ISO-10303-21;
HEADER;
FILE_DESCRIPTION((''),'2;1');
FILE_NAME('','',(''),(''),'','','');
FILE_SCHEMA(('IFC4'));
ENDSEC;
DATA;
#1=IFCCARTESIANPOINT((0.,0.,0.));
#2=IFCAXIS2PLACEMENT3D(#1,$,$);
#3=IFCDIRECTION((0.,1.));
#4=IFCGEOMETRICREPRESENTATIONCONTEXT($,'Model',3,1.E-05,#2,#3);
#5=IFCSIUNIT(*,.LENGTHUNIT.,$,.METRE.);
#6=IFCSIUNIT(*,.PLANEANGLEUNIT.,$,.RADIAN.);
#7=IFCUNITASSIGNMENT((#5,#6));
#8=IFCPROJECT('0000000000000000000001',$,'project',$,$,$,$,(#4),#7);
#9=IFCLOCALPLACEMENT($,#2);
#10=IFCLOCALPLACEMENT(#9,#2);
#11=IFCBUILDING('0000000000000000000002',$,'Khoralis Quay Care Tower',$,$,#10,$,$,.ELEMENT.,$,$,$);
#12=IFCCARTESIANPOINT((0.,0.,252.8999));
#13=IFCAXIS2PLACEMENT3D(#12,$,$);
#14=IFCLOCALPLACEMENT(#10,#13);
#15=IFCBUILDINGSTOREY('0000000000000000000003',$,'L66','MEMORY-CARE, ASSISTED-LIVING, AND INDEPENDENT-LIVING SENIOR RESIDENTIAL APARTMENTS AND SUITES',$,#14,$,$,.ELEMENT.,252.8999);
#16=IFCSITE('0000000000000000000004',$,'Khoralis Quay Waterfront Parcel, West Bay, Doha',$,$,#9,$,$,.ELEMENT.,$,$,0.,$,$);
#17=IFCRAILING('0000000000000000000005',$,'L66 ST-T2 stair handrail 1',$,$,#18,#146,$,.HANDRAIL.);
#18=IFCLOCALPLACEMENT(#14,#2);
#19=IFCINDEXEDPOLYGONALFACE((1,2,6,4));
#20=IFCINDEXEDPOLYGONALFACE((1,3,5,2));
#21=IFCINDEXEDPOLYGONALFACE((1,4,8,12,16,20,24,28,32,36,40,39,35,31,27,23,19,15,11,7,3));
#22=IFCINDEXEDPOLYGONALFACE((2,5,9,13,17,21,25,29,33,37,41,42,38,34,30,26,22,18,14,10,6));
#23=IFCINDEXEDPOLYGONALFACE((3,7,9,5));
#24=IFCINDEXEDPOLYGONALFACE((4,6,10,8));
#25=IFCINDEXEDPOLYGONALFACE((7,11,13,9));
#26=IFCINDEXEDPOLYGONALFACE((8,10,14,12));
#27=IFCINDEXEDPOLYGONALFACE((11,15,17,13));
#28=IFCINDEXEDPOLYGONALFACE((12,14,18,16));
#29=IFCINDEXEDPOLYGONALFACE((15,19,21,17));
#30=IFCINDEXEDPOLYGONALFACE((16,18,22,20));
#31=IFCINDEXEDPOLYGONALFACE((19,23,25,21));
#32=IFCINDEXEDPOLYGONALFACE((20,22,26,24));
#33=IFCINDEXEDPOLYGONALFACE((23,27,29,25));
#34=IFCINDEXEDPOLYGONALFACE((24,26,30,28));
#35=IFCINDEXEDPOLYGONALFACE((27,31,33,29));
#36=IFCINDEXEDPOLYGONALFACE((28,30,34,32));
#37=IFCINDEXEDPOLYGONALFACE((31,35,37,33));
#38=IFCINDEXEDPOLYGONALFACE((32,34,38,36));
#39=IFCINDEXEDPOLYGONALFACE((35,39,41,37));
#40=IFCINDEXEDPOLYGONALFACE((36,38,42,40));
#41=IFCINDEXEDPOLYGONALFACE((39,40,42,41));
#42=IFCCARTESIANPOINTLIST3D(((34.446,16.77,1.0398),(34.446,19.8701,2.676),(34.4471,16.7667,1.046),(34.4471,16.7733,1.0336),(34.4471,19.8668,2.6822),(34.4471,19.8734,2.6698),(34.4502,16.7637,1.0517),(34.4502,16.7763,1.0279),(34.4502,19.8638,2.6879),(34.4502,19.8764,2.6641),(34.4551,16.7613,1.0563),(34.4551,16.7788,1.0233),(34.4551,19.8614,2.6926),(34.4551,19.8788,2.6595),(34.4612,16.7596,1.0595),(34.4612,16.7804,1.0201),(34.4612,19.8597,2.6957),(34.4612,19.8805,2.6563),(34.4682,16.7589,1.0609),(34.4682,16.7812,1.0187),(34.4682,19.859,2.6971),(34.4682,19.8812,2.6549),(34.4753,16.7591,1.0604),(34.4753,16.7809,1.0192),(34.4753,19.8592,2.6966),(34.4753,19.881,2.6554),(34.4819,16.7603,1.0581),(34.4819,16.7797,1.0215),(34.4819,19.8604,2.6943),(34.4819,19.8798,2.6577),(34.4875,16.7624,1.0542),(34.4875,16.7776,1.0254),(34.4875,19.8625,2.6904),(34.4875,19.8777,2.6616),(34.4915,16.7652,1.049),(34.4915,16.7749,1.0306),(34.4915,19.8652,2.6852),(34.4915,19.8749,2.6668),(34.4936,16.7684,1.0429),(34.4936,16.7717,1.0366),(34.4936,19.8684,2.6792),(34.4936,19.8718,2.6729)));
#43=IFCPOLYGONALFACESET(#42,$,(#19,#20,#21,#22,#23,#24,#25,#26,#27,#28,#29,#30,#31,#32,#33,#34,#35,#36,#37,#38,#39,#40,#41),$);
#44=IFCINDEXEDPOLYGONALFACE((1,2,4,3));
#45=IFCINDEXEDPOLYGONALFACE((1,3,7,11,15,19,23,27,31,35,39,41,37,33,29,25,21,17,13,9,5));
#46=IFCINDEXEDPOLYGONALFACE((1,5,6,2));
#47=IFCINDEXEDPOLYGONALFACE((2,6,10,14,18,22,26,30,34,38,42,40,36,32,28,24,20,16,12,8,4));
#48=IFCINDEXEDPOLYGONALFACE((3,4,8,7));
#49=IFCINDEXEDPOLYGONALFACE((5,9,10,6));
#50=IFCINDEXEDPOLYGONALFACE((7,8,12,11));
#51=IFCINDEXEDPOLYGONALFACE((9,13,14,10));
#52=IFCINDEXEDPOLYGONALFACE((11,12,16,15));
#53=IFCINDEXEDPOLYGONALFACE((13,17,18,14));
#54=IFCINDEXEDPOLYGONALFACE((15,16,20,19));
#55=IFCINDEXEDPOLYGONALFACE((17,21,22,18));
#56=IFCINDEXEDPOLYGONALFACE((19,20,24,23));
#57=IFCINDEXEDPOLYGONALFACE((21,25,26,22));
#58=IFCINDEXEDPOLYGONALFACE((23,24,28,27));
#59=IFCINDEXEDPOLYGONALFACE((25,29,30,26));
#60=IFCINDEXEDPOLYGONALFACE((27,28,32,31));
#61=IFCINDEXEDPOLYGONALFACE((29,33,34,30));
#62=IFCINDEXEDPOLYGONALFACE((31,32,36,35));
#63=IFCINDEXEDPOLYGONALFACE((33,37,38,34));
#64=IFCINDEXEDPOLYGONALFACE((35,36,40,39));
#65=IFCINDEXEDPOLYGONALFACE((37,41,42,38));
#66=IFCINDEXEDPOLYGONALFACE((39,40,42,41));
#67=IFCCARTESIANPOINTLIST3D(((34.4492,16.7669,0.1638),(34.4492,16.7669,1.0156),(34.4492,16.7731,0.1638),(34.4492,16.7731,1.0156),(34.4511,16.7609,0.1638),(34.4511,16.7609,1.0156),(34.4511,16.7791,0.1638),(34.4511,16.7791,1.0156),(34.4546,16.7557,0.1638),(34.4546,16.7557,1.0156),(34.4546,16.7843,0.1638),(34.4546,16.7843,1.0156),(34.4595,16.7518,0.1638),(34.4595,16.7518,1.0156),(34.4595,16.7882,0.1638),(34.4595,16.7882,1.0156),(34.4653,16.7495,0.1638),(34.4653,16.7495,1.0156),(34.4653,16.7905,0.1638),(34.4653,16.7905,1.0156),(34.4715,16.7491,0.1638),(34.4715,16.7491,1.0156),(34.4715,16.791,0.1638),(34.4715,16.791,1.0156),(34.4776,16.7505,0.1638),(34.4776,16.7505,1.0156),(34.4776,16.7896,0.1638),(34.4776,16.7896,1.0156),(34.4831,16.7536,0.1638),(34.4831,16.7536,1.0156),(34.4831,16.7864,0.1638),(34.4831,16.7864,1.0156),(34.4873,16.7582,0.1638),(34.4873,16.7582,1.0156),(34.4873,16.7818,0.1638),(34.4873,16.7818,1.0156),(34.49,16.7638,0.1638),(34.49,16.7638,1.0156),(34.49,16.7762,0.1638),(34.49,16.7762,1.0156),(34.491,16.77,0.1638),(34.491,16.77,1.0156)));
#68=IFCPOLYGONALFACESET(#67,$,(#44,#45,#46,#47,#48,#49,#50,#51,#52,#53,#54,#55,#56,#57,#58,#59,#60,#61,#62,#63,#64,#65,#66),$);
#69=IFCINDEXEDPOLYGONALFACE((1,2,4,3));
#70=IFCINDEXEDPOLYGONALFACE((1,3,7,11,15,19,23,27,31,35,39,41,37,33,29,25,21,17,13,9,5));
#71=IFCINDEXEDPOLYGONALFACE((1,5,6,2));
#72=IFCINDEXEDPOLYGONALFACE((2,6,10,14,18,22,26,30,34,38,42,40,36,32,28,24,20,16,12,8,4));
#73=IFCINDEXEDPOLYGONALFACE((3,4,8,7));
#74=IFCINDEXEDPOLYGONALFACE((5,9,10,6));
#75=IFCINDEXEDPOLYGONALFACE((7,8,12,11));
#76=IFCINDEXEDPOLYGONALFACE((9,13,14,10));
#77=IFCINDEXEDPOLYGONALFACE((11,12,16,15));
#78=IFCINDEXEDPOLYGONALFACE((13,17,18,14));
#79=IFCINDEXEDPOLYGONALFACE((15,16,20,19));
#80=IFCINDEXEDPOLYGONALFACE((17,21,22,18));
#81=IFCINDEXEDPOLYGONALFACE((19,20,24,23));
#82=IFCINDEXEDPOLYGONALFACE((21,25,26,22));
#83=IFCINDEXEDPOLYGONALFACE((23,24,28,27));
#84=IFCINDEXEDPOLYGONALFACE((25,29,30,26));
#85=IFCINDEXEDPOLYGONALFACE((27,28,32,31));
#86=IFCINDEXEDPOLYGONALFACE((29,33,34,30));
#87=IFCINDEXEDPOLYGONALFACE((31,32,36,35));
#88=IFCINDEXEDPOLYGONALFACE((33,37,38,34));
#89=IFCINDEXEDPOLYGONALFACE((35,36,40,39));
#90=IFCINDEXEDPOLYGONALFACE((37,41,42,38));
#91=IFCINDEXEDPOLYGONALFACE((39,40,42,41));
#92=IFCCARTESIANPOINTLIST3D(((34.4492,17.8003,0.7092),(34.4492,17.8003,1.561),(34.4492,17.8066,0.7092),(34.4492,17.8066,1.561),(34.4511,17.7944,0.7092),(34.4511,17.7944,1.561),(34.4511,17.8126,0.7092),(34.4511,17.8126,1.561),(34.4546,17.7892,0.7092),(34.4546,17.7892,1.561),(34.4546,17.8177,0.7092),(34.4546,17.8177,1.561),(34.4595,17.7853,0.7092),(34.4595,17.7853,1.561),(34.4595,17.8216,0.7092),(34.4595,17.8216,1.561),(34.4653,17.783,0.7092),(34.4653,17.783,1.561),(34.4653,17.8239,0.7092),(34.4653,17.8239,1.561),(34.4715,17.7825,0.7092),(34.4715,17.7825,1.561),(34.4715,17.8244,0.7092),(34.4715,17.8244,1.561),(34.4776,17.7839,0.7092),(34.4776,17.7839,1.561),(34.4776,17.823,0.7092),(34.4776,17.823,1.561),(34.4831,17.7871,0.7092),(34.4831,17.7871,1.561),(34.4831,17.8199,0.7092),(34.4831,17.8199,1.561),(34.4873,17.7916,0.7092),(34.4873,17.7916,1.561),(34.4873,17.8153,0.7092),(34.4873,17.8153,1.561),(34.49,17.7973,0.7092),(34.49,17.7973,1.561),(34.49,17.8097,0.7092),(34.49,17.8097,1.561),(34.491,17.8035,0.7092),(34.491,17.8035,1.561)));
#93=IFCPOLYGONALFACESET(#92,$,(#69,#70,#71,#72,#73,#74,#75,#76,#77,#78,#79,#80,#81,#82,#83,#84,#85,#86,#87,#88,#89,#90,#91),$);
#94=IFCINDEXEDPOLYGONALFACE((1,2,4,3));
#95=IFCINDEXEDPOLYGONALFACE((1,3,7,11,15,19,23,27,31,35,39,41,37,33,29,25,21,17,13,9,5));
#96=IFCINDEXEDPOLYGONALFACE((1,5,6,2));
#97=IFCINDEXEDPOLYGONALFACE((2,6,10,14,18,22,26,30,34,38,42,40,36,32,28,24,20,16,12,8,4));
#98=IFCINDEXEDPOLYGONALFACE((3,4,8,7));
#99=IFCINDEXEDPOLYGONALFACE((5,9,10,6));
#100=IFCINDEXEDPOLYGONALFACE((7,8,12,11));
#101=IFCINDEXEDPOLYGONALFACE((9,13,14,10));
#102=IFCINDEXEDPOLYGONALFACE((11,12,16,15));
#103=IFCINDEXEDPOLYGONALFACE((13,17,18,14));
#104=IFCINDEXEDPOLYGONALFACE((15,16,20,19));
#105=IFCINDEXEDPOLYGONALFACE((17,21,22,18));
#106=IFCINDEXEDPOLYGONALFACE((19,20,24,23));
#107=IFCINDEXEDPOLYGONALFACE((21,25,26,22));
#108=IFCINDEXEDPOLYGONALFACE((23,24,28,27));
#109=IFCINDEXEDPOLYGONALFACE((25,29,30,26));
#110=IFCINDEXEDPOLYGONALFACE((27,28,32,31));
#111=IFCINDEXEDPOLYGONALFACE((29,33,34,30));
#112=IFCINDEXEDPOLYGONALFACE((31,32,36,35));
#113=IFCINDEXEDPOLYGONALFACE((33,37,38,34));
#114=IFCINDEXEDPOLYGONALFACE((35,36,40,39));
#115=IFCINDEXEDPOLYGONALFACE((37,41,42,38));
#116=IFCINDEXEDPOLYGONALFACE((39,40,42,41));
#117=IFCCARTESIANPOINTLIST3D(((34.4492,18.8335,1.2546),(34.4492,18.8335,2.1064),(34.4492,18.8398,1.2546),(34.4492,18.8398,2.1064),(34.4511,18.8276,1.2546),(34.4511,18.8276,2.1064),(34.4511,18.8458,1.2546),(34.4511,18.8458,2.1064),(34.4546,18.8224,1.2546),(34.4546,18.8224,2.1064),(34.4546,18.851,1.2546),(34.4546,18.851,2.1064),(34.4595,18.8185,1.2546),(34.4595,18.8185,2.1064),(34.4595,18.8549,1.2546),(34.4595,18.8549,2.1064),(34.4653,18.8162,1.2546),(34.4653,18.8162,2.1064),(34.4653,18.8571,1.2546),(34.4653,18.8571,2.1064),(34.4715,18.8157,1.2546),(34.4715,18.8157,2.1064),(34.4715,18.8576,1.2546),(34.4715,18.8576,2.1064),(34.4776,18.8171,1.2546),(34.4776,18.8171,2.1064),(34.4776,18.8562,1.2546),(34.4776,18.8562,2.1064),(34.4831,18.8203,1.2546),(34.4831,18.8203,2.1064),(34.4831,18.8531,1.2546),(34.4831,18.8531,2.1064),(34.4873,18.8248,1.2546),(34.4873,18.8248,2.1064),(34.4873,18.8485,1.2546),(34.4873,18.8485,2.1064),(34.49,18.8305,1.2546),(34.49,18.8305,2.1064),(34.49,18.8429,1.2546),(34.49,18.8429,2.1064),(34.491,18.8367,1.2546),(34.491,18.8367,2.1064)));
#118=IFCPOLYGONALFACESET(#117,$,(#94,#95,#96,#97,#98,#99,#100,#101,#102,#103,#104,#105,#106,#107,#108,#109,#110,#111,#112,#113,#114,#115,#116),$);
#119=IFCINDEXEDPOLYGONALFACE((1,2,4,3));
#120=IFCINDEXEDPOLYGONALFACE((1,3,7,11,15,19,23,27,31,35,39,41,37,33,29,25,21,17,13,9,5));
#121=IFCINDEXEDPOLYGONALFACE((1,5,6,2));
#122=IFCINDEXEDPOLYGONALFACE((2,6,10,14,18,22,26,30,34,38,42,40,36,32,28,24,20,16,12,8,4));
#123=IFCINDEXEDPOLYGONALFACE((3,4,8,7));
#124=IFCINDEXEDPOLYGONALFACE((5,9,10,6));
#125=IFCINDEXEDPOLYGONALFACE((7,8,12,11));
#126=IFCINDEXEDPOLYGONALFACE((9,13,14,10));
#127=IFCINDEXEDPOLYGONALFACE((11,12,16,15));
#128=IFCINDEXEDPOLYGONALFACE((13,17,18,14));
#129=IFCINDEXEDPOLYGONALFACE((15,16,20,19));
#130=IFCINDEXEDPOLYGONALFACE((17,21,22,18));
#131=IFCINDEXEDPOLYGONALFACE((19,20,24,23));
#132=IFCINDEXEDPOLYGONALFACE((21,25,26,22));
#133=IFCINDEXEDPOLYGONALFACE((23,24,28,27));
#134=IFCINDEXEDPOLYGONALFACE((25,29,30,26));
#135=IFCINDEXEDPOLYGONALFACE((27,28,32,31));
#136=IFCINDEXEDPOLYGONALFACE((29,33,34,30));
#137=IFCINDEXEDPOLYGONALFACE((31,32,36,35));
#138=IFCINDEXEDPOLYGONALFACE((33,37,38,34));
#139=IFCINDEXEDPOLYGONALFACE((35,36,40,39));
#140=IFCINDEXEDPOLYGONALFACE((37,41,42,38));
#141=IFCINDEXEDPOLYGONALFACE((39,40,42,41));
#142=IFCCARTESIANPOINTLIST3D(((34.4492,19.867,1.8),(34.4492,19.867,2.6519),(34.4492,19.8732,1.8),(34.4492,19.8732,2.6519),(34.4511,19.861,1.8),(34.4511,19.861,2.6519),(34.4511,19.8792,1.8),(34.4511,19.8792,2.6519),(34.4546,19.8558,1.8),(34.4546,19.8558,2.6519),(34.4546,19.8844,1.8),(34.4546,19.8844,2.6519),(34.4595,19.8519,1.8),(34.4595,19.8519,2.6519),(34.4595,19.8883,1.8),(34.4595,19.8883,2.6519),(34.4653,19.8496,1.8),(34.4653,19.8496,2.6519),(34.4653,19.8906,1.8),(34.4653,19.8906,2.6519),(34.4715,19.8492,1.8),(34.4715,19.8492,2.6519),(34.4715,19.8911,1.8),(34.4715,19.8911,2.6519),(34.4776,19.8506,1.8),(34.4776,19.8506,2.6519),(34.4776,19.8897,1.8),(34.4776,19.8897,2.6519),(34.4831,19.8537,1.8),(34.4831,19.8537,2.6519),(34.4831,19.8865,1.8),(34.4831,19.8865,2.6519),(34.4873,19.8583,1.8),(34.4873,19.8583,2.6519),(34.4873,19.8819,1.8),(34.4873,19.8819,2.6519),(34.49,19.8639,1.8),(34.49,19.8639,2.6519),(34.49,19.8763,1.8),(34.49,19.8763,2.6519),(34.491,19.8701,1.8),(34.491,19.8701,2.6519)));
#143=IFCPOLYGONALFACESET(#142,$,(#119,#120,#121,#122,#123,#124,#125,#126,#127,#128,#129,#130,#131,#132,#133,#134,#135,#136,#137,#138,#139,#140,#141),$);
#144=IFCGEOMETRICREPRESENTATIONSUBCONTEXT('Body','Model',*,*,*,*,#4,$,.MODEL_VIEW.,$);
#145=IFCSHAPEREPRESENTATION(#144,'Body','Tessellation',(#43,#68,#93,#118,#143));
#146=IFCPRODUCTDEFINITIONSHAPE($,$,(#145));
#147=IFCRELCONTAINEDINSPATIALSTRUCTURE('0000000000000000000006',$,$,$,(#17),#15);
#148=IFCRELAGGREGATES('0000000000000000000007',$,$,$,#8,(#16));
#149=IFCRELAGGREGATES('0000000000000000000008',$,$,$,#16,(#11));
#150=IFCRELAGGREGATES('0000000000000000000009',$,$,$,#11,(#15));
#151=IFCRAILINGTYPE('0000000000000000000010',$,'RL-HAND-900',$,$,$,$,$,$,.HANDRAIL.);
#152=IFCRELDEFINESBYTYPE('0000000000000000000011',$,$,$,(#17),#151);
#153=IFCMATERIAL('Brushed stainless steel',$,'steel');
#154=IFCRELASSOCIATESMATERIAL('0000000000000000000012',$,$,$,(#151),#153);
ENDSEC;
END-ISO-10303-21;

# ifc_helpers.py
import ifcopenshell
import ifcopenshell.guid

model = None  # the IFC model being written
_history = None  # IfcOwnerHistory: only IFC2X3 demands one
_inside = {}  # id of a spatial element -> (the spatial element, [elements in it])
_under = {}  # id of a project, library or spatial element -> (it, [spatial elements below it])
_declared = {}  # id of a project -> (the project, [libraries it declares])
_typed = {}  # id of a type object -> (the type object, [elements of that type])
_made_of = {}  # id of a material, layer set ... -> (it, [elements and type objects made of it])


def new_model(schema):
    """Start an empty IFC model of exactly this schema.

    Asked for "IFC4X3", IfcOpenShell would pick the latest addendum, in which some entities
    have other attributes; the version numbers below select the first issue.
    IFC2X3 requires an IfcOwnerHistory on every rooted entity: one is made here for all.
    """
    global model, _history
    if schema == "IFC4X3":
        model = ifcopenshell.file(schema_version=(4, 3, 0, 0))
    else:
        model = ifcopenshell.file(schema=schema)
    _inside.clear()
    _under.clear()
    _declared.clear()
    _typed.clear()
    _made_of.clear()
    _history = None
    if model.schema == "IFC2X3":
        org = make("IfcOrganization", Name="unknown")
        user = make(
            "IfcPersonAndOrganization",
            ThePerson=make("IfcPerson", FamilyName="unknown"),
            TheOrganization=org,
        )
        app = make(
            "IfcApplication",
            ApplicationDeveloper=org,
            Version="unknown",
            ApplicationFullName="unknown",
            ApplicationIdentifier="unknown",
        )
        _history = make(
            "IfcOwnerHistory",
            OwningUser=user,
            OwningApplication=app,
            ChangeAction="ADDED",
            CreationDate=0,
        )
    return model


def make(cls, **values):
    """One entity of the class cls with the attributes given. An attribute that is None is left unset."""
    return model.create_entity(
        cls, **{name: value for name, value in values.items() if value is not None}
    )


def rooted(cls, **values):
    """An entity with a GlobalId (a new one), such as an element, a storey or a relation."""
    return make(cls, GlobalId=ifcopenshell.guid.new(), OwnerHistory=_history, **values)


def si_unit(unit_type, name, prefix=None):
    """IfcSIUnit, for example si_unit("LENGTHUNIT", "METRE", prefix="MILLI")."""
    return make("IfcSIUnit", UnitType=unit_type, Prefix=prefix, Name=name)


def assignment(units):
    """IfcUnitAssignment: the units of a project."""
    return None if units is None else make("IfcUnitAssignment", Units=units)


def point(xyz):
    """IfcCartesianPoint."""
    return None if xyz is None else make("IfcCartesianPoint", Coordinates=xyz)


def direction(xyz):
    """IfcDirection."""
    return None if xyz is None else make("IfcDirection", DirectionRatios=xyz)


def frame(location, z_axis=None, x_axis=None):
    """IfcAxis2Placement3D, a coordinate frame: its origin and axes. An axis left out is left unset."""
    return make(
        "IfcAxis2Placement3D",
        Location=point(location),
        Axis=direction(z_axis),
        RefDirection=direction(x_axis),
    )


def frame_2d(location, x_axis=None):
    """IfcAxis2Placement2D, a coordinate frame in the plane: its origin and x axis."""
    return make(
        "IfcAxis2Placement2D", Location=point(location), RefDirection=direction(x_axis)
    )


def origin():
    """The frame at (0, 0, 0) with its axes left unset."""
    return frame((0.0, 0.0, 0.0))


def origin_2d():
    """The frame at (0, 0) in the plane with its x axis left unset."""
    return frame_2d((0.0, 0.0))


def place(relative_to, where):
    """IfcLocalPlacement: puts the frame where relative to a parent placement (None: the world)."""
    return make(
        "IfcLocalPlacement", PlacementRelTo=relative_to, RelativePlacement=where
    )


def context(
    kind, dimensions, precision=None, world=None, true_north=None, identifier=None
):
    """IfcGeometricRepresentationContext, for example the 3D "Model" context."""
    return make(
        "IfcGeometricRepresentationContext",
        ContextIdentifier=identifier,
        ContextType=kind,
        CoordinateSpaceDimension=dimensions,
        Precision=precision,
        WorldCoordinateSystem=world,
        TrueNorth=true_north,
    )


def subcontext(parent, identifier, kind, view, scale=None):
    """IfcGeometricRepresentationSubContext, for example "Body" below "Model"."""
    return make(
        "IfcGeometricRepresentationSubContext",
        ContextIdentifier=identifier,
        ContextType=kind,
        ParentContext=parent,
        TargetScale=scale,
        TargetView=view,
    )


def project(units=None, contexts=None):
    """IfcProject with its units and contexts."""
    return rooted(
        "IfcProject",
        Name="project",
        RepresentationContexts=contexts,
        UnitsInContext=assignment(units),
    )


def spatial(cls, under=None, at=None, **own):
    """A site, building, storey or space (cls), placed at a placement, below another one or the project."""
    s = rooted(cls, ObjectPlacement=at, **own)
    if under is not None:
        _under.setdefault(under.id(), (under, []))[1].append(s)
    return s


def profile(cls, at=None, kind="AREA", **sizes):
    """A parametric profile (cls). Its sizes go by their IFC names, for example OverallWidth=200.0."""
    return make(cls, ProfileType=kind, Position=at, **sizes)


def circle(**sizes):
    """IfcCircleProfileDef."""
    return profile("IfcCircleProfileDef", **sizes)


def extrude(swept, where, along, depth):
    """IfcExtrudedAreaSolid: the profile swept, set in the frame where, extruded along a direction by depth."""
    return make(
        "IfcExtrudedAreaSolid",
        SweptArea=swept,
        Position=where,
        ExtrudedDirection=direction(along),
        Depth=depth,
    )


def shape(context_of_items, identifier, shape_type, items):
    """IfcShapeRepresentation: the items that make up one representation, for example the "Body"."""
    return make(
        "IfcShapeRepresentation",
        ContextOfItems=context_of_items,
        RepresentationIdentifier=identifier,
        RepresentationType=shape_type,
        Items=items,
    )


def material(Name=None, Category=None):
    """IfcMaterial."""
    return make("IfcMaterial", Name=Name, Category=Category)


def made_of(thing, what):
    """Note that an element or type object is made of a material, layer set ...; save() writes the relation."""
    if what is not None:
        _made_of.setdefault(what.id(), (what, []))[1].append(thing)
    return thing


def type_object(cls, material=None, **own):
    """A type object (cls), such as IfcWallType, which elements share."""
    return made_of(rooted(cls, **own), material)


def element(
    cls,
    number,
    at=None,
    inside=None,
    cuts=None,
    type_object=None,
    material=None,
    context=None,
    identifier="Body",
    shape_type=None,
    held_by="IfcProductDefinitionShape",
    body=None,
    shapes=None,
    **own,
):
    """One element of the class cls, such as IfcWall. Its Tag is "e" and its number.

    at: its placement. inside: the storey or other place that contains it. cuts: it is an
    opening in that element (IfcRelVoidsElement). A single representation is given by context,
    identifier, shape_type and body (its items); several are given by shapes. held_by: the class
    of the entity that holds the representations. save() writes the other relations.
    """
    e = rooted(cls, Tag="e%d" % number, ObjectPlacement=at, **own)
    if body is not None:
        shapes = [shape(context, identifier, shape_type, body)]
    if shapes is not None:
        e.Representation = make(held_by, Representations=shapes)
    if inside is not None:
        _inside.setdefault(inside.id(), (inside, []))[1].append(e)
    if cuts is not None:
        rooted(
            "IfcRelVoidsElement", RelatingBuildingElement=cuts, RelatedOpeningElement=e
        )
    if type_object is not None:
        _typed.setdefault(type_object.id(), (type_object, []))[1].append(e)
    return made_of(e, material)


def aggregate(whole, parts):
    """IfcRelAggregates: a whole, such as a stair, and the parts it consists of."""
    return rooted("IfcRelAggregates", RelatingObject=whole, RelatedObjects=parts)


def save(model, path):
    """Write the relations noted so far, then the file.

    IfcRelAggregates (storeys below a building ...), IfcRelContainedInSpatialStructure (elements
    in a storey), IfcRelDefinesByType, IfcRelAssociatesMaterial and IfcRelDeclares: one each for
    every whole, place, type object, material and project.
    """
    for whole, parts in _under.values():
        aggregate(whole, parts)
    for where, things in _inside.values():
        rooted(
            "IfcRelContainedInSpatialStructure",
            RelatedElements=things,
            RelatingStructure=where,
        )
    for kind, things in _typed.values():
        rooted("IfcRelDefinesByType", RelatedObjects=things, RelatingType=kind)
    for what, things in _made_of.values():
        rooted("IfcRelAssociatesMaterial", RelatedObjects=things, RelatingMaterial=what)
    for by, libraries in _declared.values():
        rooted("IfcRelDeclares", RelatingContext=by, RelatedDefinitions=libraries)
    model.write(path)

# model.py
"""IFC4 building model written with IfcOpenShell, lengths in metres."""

from ifc_helpers import new_model, si_unit, direction, frame, origin, origin_2d, place, context, subcontext, project, spatial, circle, extrude, material, type_object, element, save


model = new_model("IFC4")

# Units and contexts
model_context = context("Model", 3, precision=1e-05, world=origin(), true_north=direction((0.0, 1.0)))
body_context = subcontext(model_context, "Body", "Model", "MODEL_VIEW")
ifc_project = project(units=[si_unit("LENGTHUNIT", "METRE"), si_unit("PLANEANGLEUNIT", "RADIAN")], contexts=[model_context])

# Site, building, storey
site_placement = place(None, origin())
site = spatial("IfcSite", under=ifc_project, at=site_placement, Name="Khoralis Quay Waterfront Parcel, West Bay, Doha", CompositionType="ELEMENT", RefElevation=0.0)
building_placement = place(site_placement, origin())
building = spatial("IfcBuilding", under=site, at=building_placement, Name="Khoralis Quay Care Tower", CompositionType="ELEMENT")
storey_placement = place(building_placement, frame((0.0, 0.0, 252.8999)))
storey = spatial("IfcBuildingStorey", under=building, at=storey_placement, Name="L66", Description="MEMORY-CARE, ASSISTED-LIVING, AND INDEPENDENT-LIVING SENIOR RESIDENTIAL APARTMENTS AND SUITES", CompositionType="ELEMENT", Elevation=252.8999)

# Railing
ifc_material_1 = material(Name="Brushed stainless steel", Category="steel")
railing_type = type_object("IfcRailingType", Name="RL-HAND-900", PredefinedType="HANDRAIL", material=ifc_material_1)
railing_placement = place(storey_placement, frame((34.47, 16.77, 0.1638)))
element("IfcRailing", 1, at=railing_placement, inside=storey, type_object=railing_type, Name="L66 ST-T2 stair handrail 1", PredefinedType="HANDRAIL", context=body_context, shape_type="SweptSolid", body=[
    extrude(circle(Radius=0.0239, at=origin_2d()), frame((0.0, 0.0, 0.876), z_axis=(0.0, 0.884377, 0.466774), x_axis=(-1.0, 0.0, 0.0)), (0.0, 0.0, 1.0), 3.5054),
    extrude(circle(Radius=0.021, at=origin_2d()), origin(), (0.0, 0.0, 1.0), 0.8518),
    extrude(circle(Radius=0.021, at=origin_2d()), frame((0.0, 1.0334, 0.5454)), (0.0, 0.0, 1.0), 0.8518),
    extrude(circle(Radius=0.021, at=origin_2d()), frame((0.0, 2.0667, 1.0908)), (0.0, 0.0, 1.0), 0.8518),
    extrude(circle(Radius=0.021, at=origin_2d()), frame((0.0, 3.1001, 1.6362)), (0.0, 0.0, 1.0), 0.8518),
])

save(model, "model.ifc")
